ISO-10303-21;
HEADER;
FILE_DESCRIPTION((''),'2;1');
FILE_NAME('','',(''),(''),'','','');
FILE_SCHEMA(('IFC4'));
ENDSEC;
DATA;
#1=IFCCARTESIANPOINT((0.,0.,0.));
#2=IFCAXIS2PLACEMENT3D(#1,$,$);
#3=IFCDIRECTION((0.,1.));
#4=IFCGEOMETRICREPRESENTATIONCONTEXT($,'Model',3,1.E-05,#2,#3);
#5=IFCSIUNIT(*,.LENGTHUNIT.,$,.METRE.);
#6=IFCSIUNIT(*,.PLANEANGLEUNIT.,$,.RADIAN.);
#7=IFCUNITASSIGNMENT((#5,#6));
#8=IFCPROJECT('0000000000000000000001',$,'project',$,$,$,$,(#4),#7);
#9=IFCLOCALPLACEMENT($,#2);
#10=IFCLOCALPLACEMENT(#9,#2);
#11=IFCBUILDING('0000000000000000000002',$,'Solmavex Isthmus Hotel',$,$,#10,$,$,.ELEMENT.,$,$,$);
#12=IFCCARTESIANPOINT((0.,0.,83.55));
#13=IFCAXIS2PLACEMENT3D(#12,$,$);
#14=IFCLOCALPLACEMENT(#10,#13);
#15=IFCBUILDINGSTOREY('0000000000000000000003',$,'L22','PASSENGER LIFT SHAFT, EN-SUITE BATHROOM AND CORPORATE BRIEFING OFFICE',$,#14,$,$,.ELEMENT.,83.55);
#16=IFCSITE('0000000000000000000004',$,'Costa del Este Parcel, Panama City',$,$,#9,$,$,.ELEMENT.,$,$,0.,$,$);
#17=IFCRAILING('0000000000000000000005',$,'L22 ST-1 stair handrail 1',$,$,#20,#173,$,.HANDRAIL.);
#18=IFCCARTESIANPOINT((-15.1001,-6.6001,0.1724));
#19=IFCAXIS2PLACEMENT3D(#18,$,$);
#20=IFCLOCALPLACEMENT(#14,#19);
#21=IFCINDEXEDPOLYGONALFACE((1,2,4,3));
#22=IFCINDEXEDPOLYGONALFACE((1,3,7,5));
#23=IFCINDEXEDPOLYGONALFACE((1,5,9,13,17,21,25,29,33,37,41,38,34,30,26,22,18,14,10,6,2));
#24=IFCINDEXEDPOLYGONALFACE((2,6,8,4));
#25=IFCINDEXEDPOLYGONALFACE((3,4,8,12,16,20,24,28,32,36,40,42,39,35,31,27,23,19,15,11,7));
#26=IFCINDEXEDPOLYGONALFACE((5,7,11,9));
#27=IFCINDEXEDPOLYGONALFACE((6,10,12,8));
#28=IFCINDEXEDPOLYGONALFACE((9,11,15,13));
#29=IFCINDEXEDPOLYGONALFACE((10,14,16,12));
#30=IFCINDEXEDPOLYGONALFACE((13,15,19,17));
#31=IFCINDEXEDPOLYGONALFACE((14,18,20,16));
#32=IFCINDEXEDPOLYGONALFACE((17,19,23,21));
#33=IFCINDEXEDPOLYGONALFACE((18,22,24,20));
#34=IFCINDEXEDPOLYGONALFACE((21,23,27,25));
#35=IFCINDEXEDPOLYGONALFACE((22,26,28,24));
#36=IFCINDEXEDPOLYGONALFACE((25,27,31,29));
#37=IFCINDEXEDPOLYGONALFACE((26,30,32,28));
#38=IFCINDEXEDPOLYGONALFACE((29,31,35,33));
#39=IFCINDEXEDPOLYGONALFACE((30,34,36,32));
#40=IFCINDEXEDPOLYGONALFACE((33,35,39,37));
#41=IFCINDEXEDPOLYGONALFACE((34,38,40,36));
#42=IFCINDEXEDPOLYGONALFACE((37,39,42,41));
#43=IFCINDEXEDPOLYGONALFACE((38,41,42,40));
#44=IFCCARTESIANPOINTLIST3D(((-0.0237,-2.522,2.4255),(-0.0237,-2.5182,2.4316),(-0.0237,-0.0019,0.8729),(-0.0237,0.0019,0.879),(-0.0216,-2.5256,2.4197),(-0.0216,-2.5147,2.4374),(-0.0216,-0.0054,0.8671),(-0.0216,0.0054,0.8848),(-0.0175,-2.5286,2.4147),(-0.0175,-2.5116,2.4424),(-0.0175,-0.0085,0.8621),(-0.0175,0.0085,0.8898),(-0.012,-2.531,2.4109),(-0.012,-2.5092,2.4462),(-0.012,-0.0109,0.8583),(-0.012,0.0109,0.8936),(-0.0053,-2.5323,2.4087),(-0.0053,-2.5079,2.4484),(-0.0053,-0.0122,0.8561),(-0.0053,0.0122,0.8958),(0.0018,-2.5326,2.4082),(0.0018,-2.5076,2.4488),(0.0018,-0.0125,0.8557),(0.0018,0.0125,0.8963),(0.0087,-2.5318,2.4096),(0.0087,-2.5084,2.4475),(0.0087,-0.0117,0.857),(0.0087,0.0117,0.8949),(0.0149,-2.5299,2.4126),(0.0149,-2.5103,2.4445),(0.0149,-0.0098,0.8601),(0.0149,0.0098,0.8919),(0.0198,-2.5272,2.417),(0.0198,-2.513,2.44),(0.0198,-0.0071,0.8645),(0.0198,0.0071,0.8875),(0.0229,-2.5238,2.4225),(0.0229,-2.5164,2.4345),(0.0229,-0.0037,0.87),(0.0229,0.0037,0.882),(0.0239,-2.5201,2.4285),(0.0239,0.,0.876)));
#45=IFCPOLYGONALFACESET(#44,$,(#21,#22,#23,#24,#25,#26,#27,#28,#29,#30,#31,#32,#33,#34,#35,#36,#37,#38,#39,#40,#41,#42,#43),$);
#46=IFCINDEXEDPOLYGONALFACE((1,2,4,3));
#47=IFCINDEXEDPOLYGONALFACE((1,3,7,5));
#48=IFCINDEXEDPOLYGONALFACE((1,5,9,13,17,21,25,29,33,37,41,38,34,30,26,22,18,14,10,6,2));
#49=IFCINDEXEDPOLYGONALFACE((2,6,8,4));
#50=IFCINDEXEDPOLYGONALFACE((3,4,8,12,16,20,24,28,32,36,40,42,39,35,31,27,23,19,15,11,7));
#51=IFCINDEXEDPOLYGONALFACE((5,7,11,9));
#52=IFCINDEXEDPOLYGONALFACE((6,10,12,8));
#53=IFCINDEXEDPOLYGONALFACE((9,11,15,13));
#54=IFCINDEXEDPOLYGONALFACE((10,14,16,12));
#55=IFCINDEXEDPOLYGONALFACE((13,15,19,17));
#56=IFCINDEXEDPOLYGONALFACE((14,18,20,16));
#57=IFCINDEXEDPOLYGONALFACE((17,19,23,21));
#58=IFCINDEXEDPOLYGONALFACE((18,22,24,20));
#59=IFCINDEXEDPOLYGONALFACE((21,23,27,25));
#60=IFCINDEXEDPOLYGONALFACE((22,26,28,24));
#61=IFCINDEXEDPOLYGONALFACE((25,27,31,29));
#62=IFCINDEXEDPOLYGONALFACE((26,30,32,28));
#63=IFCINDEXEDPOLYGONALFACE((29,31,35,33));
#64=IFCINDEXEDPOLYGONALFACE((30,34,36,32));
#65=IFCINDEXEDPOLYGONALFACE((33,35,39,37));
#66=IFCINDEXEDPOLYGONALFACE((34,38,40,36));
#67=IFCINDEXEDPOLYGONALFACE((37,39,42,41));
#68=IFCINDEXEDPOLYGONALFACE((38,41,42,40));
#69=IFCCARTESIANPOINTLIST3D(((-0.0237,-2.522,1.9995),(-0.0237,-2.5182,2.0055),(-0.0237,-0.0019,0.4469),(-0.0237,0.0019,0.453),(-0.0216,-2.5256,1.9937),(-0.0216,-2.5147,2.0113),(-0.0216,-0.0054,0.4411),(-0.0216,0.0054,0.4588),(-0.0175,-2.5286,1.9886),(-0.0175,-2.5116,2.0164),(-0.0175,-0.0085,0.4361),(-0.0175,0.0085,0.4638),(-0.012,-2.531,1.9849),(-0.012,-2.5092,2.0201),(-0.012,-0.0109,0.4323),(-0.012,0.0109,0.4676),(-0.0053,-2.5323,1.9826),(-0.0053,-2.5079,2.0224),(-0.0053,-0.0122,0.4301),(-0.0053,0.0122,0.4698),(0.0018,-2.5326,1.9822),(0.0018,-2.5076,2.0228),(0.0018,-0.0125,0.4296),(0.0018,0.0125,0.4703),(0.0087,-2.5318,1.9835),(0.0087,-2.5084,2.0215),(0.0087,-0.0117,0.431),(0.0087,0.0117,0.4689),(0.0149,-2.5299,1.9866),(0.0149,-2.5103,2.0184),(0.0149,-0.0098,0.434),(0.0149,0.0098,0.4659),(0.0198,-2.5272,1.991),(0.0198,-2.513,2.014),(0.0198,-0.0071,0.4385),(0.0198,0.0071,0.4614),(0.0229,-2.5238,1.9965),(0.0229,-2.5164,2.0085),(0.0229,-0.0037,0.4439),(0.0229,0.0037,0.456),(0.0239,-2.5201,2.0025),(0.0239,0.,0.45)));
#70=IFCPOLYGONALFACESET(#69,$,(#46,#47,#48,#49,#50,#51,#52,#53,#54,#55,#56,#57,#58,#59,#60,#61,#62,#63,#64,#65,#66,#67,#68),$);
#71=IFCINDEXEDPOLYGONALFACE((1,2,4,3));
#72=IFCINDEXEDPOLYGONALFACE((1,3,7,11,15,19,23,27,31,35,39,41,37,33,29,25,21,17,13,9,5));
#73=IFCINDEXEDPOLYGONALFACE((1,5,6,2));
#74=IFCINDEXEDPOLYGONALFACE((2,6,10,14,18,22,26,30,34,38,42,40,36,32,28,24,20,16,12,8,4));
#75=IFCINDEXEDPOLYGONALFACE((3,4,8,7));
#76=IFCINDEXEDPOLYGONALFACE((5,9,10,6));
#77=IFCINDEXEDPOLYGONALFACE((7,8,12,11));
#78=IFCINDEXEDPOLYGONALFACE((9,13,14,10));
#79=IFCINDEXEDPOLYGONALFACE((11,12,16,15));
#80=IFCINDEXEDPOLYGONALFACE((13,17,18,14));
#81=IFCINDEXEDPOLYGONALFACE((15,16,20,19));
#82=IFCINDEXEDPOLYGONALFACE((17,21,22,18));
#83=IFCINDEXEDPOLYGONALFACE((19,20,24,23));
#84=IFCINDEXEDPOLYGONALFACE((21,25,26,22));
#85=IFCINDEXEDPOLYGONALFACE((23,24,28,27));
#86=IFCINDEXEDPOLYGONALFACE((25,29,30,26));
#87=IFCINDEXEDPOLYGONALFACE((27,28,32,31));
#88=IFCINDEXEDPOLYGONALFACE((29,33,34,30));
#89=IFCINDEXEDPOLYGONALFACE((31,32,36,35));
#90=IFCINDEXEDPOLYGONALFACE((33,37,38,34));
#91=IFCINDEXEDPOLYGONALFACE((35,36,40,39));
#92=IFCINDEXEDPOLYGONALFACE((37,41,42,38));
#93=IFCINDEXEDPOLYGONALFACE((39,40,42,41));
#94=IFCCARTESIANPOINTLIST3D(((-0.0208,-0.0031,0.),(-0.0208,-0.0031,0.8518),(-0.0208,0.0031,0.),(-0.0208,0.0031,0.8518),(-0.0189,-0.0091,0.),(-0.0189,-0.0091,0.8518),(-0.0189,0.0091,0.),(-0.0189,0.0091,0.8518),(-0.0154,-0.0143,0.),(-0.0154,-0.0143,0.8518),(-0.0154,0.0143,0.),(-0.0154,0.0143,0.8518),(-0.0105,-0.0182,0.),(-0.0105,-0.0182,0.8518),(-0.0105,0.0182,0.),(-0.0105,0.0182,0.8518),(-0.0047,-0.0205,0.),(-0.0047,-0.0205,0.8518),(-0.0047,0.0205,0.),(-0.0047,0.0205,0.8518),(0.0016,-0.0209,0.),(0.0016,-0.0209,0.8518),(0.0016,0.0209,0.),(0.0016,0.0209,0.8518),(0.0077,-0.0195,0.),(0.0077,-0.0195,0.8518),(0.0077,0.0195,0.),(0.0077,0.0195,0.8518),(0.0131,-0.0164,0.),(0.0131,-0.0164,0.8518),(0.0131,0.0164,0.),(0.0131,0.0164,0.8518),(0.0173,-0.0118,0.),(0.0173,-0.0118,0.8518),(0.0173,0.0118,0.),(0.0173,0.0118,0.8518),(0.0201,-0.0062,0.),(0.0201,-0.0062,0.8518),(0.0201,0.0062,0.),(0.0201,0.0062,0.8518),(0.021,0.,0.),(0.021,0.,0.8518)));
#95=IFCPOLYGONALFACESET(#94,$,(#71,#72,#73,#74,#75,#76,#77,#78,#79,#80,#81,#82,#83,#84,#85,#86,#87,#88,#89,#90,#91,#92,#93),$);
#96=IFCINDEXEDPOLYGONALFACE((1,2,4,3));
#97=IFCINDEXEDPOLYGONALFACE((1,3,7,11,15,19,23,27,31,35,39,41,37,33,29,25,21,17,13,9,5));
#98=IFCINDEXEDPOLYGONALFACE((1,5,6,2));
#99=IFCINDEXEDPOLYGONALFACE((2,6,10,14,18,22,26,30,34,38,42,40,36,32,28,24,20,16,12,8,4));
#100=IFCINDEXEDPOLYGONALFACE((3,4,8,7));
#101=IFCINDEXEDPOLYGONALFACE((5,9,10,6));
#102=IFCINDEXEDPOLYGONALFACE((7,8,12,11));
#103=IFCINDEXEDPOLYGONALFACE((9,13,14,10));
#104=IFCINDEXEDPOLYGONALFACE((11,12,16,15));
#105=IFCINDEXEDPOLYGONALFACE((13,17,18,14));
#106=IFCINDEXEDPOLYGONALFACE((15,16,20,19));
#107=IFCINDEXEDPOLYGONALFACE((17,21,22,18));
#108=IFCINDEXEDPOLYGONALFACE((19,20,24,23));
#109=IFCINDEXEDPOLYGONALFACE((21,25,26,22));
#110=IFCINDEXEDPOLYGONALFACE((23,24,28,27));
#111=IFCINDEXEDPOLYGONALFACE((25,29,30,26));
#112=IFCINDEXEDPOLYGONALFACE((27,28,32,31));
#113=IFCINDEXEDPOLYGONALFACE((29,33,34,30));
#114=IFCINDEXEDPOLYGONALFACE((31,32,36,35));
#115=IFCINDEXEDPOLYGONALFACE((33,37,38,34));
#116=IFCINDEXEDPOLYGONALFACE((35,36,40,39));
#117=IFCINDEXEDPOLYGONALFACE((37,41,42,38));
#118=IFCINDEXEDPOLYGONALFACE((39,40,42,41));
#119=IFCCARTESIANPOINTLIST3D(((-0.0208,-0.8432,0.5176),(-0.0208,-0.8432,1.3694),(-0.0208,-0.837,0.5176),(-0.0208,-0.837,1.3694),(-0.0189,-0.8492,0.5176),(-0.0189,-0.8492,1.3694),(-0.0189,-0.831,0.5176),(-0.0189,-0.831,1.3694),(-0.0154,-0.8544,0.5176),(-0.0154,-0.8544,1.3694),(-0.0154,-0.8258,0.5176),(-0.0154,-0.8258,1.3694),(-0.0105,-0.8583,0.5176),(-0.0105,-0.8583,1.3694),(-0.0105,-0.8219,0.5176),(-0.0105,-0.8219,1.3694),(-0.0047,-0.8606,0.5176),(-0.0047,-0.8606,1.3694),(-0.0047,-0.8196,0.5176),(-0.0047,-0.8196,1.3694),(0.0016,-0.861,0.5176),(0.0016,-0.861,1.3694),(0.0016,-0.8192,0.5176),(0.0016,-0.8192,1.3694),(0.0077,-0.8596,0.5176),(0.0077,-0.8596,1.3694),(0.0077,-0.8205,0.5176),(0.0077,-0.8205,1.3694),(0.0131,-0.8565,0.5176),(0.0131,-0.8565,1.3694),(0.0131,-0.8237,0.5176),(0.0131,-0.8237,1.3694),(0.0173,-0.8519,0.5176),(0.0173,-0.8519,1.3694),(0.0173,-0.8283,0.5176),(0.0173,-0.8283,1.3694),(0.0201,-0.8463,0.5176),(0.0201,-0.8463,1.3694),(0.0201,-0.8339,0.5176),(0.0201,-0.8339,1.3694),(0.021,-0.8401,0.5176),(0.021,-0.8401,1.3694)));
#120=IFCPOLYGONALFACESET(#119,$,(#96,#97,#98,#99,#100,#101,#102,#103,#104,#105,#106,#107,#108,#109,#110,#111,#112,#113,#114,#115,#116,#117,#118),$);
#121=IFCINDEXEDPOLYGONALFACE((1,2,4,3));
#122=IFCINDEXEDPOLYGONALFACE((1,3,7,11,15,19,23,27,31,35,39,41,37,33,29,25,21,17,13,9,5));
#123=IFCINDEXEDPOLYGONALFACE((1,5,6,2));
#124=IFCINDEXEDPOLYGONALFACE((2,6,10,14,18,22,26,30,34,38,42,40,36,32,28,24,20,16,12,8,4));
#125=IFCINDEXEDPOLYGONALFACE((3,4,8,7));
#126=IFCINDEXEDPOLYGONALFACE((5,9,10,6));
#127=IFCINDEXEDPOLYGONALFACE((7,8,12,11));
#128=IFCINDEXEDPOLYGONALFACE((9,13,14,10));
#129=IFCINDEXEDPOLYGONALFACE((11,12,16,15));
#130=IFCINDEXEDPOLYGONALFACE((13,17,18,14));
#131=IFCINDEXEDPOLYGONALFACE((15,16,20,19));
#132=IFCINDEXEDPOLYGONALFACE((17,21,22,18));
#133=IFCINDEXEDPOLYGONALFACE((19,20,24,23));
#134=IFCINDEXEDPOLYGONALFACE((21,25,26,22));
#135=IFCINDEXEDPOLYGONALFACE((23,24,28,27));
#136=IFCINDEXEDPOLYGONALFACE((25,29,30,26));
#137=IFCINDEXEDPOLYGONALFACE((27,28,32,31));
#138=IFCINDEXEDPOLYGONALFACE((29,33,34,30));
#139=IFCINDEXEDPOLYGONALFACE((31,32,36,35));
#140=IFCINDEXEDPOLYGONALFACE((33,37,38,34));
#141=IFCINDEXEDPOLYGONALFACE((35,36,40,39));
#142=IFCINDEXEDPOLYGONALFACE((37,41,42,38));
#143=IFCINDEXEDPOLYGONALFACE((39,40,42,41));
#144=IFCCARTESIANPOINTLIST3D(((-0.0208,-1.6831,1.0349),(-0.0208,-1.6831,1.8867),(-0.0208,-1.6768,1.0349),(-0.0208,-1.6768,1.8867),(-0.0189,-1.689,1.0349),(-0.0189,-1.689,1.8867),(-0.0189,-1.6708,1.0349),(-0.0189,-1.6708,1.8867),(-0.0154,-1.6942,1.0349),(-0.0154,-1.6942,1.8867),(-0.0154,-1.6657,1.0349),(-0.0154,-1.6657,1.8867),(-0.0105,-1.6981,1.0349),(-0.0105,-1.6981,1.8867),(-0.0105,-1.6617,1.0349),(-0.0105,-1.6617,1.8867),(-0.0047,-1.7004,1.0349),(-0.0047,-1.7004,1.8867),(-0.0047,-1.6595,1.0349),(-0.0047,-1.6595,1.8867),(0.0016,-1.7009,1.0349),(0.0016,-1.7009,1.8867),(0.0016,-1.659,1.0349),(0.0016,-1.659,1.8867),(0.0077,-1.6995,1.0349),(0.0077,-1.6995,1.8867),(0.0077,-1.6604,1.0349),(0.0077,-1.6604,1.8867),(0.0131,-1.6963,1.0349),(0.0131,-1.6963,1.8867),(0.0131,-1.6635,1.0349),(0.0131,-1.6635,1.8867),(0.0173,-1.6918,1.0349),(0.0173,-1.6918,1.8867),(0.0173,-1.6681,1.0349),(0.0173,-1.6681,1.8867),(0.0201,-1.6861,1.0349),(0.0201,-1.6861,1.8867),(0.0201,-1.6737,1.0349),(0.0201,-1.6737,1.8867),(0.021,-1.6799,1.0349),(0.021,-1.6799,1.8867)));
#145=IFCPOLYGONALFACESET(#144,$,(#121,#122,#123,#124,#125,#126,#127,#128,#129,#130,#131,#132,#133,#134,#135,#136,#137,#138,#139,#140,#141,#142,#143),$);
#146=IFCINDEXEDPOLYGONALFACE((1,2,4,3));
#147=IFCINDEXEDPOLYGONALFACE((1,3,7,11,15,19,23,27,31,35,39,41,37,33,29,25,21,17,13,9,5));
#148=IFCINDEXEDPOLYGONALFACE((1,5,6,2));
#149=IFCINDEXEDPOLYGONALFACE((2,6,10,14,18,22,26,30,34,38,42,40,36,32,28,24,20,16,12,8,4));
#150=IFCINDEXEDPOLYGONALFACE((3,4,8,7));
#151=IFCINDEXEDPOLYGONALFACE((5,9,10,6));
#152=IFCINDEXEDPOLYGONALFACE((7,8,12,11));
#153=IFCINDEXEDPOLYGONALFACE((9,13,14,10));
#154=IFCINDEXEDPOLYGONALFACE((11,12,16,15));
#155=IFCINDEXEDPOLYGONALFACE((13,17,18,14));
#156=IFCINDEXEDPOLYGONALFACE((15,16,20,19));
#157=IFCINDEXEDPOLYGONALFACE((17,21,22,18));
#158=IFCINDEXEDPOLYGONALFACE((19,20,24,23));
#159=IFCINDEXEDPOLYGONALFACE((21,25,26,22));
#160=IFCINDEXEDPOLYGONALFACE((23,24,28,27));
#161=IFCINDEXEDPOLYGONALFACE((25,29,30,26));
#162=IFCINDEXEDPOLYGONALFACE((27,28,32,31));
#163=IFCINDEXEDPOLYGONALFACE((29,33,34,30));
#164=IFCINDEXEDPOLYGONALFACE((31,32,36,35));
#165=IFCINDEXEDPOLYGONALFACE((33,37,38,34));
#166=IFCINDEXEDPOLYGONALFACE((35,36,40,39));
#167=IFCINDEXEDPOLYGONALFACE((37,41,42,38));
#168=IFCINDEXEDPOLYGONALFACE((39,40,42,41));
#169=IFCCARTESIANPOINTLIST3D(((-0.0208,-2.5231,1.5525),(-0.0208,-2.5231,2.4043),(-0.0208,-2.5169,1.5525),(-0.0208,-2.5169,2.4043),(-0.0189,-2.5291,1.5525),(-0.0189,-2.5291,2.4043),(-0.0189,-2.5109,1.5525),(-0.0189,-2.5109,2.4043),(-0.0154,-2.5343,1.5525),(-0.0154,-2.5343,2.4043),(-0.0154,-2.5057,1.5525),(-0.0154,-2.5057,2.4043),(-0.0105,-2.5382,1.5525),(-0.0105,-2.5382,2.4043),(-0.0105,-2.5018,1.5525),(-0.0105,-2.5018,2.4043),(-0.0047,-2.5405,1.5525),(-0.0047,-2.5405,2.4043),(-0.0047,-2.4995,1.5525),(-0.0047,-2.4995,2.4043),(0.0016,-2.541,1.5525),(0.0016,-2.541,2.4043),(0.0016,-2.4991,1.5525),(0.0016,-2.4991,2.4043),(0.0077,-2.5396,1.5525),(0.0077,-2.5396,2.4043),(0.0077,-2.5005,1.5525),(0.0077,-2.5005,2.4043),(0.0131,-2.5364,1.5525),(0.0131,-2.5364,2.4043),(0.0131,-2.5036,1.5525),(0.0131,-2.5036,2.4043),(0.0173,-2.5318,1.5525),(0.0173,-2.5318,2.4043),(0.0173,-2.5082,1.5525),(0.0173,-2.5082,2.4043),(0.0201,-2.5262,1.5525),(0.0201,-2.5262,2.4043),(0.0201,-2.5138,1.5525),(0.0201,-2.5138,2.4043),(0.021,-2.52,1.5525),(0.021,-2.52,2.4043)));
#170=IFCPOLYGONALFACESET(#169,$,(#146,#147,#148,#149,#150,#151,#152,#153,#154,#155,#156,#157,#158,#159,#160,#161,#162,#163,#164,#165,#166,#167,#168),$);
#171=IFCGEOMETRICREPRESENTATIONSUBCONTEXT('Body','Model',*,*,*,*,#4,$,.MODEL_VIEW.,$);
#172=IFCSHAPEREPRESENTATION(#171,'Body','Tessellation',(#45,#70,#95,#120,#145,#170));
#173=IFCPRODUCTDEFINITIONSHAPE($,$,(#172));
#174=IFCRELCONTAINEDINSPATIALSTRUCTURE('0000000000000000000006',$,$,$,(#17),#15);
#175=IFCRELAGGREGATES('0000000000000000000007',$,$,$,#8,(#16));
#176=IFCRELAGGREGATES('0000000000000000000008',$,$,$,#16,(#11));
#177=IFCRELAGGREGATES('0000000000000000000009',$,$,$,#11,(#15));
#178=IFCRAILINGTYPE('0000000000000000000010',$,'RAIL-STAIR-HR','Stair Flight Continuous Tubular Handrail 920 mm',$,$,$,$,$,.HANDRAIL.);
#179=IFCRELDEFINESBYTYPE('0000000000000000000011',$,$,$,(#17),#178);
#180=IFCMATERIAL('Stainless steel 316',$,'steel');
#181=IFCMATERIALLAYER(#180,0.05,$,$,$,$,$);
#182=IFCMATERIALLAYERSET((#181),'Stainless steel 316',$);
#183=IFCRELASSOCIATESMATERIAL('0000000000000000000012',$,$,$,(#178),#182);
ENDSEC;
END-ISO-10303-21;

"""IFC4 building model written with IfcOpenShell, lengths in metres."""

from ifc_helpers import new_model, si_unit, direction, frame, origin, origin_2d, place, context, subcontext, project, spatial, circle, extrude, material, layer, layer_set, type_object, element, save


model = new_model("IFC4")

# Units and contexts
model_context = context("Model", 3, precision=1e-05, world=origin(), true_north=direction((0.0, 1.0)))
body_context = subcontext(model_context, "Body", "Model", "MODEL_VIEW")
ifc_project = project(units=[si_unit("LENGTHUNIT", "METRE"), si_unit("PLANEANGLEUNIT", "RADIAN")], contexts=[model_context])

# Site, building, storey
site_placement = place(None, origin())
site = spatial("IfcSite", under=ifc_project, at=site_placement, Name="Costa del Este Parcel, Panama City", CompositionType="ELEMENT", RefElevation=0.0)
building_placement = place(site_placement, origin())
building = spatial("IfcBuilding", under=site, at=building_placement, Name="Solmavex Isthmus Hotel", CompositionType="ELEMENT")
storey_placement = place(building_placement, frame((0.0, 0.0, 83.55)))
storey = spatial("IfcBuildingStorey", under=building, at=storey_placement, Name="L22", Description="PASSENGER LIFT SHAFT, EN-SUITE BATHROOM AND CORPORATE BRIEFING OFFICE", CompositionType="ELEMENT", Elevation=83.55)

# Railing
ifc_material_1 = material(Name="Stainless steel 316", Category="steel")
ifc_layer_1 = layer(ifc_material_1, 0.05)
ifc_layer_set_1 = layer_set([ifc_layer_1], Name="Stainless steel 316")
railing_type_1 = type_object("IfcRailingType", Name="RAIL-STAIR-HR", Description="Stair Flight Continuous Tubular Handrail 920 mm", PredefinedType="HANDRAIL", material=ifc_layer_set_1)
railing_1_placement = place(storey_placement, frame((-15.1001, -6.6001, 0.1724)))
element("IfcRailing", 1, at=railing_1_placement, inside=storey, type_object=railing_type_1, Name="L22 ST-1 stair handrail 1", PredefinedType="HANDRAIL", context=body_context, shape_type="SweptSolid", body=[
    extrude(circle(Radius=0.0239, at=origin_2d()), frame((0.0, 0.0, 0.876), z_axis=(0.0, -0.8514, 0.524516), x_axis=(1.0, 0.0, 0.0)), (0.0, 0.0, 1.0), 2.96),
    extrude(circle(Radius=0.0239, at=origin_2d()), frame((0.0, 0.0, 0.45), z_axis=(0.0, -0.8514, 0.524516), x_axis=(1.0, 0.0, 0.0)), (0.0, 0.0, 1.0), 2.96),
    extrude(circle(Radius=0.021, at=origin_2d()), origin(), (0.0, 0.0, 1.0), 0.8518),
    extrude(circle(Radius=0.021, at=origin_2d()), frame((0.0, -0.8401, 0.5176)), (0.0, 0.0, 1.0), 0.8518),
    extrude(circle(Radius=0.021, at=origin_2d()), frame((0.0, -1.6799, 1.0349)), (0.0, 0.0, 1.0), 0.8518),
    extrude(circle(Radius=0.021, at=origin_2d()), frame((0.0, -2.52, 1.5525)), (0.0, 0.0, 1.0), 0.8518),
])

save(model, "model.ifc")
